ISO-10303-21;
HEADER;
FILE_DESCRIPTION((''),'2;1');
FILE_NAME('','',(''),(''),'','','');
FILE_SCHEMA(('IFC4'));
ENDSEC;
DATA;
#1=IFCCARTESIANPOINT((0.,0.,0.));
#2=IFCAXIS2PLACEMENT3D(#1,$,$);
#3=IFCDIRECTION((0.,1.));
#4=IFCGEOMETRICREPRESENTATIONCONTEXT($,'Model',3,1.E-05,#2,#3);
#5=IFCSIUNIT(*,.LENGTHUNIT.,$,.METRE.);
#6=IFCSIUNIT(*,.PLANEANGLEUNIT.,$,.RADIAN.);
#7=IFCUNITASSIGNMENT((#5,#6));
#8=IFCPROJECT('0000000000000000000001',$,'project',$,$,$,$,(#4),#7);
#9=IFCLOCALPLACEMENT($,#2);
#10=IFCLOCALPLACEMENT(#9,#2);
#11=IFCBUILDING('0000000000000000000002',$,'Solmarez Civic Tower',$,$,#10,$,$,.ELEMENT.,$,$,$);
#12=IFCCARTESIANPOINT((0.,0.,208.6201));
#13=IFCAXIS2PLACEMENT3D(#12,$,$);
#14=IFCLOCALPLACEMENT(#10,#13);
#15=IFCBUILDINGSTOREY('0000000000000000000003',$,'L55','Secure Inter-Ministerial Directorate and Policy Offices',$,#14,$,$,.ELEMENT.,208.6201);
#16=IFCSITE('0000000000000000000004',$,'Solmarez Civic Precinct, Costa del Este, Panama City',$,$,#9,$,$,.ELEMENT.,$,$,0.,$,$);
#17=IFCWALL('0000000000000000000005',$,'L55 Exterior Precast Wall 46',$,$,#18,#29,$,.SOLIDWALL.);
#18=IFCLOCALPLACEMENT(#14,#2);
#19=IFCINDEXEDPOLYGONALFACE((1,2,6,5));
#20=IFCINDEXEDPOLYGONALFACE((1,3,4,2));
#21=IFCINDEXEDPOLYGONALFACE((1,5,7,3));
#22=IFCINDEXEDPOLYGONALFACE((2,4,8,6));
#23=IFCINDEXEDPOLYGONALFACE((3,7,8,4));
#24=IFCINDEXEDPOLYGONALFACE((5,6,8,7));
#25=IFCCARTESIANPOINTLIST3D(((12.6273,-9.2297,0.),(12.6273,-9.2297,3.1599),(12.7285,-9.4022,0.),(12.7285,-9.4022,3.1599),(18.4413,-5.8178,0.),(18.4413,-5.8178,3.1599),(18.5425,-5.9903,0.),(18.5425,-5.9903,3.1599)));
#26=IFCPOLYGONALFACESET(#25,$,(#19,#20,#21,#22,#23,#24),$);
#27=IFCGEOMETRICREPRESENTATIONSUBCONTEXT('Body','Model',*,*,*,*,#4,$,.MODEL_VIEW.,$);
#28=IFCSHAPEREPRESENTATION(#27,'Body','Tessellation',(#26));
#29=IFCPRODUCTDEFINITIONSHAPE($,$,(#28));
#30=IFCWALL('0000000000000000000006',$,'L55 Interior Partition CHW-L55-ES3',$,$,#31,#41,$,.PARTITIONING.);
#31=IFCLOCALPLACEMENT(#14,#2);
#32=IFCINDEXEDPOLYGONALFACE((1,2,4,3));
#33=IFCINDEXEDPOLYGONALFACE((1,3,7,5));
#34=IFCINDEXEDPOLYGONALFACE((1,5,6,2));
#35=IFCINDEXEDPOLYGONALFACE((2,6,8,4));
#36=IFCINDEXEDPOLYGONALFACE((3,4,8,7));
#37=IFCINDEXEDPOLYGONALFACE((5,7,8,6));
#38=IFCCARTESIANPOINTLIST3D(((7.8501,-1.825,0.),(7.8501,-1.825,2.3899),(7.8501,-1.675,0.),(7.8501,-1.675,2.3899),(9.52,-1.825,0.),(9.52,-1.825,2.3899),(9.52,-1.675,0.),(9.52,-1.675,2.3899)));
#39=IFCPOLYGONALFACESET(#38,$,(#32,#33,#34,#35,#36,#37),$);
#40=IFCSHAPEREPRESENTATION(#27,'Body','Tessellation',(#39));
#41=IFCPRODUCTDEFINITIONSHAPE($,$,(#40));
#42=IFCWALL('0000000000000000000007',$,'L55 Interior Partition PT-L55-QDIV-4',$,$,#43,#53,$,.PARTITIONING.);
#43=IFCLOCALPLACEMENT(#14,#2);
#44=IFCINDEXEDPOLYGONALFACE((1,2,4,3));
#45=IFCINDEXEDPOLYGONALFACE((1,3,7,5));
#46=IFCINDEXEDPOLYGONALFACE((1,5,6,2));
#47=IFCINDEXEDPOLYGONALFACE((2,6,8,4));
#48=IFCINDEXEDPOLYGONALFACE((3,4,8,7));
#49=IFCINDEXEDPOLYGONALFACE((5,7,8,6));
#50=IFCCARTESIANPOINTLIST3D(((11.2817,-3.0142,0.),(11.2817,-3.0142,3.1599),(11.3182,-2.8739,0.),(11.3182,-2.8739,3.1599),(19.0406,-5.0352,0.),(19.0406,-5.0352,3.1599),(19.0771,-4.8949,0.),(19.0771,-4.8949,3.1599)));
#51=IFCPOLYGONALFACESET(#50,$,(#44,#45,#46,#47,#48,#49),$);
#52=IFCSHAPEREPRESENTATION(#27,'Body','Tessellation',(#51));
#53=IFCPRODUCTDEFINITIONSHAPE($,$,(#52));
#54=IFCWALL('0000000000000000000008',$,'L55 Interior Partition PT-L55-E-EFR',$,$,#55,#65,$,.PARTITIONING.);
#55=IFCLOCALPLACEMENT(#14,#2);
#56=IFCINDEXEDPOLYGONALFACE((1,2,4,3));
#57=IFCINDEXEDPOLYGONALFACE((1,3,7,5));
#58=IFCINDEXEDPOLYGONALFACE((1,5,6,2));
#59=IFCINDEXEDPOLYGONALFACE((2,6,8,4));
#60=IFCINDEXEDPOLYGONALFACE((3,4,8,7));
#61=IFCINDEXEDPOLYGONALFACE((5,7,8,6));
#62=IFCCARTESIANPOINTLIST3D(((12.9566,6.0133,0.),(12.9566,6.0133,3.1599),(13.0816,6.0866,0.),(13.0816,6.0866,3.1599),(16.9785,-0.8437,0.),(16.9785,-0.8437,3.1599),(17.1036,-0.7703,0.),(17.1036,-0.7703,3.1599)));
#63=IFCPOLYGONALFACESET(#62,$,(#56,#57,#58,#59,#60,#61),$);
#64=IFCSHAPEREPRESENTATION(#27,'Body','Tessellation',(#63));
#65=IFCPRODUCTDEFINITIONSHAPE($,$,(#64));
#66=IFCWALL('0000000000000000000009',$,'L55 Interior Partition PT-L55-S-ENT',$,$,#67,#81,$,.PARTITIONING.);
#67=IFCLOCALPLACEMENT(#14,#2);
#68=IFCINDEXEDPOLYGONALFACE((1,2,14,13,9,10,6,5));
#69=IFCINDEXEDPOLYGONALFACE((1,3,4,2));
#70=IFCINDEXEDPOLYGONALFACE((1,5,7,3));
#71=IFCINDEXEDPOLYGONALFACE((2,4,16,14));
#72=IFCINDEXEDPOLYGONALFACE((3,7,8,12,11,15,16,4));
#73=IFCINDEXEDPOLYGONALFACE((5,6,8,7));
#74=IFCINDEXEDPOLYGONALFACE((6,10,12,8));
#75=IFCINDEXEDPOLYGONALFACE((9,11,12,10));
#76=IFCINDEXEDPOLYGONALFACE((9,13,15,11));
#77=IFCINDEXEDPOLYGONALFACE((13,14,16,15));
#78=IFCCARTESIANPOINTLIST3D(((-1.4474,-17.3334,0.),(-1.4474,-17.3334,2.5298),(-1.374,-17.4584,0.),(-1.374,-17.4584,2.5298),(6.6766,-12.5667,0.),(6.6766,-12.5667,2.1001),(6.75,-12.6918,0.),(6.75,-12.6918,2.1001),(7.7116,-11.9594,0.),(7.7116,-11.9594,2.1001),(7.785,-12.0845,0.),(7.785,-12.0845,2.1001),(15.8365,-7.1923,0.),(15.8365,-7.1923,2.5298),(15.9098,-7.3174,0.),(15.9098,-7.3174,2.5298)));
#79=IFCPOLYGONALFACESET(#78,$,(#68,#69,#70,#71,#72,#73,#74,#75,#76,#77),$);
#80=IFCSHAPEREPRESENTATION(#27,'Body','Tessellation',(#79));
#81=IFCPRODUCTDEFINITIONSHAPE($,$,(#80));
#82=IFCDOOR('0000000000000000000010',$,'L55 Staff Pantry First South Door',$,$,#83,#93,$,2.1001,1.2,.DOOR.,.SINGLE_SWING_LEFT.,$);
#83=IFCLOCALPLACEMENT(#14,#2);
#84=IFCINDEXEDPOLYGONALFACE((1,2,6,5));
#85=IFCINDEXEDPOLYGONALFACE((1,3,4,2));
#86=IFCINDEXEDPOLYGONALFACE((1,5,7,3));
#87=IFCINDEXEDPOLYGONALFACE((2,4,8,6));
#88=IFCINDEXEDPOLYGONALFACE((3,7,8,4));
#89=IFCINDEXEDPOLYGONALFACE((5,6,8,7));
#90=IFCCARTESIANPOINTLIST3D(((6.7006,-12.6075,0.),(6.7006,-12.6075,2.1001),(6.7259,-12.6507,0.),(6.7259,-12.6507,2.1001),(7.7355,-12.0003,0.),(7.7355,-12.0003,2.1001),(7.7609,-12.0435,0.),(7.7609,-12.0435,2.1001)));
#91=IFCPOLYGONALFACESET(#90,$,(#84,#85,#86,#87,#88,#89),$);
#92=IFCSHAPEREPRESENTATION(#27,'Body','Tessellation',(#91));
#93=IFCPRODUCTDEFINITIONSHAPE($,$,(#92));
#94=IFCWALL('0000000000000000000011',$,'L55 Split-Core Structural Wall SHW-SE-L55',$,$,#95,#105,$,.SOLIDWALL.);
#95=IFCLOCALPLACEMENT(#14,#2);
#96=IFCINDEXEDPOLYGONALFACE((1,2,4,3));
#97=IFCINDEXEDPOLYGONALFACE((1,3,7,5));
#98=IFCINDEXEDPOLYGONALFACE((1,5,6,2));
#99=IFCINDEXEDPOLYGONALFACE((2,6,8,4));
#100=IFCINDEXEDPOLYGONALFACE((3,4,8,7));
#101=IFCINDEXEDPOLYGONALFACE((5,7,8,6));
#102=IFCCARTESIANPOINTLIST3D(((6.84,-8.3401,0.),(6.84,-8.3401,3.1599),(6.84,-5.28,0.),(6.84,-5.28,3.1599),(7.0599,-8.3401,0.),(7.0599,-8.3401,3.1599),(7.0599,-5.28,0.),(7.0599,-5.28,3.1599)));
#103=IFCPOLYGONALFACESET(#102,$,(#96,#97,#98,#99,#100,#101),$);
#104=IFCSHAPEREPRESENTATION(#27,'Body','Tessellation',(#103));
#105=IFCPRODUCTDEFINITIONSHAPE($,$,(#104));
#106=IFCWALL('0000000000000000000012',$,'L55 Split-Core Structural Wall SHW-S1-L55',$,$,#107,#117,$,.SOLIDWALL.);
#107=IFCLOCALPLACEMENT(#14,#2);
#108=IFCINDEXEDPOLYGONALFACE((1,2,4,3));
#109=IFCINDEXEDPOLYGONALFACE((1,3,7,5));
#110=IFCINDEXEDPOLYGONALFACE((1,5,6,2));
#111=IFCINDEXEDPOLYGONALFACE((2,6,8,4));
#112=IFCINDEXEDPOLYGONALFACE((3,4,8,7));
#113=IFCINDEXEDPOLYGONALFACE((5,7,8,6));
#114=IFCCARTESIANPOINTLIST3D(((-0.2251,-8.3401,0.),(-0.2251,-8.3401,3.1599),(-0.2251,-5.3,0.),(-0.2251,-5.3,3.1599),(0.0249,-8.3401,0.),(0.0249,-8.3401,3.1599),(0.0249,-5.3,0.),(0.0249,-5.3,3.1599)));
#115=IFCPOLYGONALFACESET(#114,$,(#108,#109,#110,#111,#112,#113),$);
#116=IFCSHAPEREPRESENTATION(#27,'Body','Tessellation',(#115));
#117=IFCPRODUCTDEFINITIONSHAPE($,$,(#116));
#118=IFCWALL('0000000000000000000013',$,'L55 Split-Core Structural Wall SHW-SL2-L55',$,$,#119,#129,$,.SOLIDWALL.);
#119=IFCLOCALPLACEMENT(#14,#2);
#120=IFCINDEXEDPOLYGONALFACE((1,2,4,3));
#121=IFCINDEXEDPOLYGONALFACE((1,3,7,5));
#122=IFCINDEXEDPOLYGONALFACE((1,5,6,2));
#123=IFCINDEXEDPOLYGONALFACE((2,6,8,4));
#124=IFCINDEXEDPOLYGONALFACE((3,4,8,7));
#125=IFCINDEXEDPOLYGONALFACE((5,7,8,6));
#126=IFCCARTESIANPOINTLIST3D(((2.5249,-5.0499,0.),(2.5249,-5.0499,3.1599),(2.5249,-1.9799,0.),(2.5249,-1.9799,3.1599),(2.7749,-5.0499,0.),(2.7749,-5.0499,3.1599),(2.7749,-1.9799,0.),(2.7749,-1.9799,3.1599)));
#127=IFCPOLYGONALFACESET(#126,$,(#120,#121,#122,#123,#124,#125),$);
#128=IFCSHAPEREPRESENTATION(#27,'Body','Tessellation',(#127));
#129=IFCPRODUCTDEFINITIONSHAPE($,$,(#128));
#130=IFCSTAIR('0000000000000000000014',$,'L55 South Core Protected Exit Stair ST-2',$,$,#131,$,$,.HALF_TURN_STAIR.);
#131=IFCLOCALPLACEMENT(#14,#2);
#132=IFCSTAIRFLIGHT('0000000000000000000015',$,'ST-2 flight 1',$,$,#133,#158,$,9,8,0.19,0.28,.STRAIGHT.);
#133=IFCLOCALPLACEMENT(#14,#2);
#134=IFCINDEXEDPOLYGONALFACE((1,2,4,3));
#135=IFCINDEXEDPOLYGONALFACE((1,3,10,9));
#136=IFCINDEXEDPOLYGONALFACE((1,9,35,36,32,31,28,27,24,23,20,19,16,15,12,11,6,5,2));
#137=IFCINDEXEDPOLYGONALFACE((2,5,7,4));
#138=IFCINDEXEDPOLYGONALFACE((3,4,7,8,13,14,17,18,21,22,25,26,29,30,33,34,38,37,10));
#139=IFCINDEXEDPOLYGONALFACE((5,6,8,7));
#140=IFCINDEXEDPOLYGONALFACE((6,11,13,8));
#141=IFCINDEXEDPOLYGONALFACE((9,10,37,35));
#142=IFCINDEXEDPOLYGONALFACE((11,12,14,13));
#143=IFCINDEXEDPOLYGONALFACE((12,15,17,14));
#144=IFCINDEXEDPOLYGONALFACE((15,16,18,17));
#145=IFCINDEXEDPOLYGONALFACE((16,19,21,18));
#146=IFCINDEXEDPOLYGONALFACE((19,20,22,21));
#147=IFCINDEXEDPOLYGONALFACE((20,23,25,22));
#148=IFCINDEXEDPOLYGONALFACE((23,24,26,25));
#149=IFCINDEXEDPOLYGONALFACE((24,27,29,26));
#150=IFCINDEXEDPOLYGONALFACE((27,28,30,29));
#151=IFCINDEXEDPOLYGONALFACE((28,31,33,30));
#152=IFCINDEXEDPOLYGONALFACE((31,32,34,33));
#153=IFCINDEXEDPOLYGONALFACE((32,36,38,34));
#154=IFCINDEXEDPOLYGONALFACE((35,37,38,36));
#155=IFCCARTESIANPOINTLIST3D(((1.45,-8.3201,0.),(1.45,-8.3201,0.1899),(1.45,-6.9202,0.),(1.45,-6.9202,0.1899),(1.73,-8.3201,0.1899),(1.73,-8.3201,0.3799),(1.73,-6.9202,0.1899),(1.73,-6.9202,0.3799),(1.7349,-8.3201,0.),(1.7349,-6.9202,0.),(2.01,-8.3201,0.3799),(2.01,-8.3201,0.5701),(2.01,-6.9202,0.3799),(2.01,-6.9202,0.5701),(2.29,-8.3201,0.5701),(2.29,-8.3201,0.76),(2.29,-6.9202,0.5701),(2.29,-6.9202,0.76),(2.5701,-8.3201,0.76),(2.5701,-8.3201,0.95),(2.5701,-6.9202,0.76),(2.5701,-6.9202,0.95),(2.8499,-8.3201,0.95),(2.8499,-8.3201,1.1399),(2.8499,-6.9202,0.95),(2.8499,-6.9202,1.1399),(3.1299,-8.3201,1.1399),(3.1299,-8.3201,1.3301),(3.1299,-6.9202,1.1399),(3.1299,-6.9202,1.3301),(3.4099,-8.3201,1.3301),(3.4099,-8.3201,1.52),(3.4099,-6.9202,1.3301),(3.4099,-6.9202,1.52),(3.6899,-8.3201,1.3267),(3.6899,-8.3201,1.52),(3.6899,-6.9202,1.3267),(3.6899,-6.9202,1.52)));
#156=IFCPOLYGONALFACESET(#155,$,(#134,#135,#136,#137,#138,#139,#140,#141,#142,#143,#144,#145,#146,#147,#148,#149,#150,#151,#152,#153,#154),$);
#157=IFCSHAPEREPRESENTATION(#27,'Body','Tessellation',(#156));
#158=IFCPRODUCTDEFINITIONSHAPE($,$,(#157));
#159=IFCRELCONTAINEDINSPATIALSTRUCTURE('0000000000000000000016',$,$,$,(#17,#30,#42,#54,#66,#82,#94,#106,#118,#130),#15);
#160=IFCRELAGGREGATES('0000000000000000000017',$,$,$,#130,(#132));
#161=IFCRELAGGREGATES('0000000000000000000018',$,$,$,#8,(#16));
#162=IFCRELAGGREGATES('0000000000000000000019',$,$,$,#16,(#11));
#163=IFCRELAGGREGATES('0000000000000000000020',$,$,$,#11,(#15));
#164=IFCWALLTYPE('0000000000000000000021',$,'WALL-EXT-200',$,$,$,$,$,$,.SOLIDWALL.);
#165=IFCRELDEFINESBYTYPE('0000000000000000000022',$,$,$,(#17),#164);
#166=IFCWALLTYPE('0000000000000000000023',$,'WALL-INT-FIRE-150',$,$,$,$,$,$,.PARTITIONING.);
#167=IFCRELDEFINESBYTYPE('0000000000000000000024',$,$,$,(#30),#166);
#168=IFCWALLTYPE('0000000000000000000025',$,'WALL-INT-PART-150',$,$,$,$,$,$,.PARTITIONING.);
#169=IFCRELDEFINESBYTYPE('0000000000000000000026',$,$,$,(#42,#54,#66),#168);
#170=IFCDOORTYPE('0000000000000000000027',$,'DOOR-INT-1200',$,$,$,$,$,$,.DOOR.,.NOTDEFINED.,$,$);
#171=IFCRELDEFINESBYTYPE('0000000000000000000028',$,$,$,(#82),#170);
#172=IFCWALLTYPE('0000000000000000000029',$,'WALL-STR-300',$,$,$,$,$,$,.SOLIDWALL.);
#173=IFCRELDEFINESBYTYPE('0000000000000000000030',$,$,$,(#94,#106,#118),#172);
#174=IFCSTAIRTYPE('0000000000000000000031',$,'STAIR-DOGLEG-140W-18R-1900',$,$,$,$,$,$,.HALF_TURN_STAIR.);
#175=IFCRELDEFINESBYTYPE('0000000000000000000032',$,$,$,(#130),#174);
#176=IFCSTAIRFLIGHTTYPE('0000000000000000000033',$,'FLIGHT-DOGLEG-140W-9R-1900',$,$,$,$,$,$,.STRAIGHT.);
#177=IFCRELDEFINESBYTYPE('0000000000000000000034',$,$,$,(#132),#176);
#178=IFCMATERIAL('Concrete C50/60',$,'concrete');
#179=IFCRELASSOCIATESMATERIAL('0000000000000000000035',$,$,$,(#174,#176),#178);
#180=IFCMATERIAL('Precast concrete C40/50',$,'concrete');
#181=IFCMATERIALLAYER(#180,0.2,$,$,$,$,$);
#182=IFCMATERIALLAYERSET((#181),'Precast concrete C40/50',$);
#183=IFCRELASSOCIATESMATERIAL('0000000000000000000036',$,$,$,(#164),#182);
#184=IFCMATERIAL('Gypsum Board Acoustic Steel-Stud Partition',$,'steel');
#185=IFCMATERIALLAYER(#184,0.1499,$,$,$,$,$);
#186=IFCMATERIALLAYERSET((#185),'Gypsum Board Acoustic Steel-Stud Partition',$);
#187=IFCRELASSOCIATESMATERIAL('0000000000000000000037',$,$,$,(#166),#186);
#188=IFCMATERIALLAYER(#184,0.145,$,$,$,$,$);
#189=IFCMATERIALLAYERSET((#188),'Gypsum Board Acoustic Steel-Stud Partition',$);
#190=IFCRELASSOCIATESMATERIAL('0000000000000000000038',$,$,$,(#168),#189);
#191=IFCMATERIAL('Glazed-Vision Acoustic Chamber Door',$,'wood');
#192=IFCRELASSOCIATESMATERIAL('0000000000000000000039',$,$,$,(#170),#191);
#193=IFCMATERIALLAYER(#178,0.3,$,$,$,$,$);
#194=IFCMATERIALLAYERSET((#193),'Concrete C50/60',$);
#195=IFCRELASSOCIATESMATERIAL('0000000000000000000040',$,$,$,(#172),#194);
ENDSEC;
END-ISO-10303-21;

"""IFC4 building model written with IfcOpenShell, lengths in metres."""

from ifc_helpers import new_model, si_unit, direction, frame, frame_2d, origin, place, context, subcontext, project, spatial, polyline, rectangle, outline, extrude, material, layer, layer_set, type_object, element, fill, aggregate, save


model = new_model("IFC4")

# Units and contexts
model_context = context("Model", 3, precision=1e-05, world=origin(), true_north=direction((0.0, 1.0)))
body_context = subcontext(model_context, "Body", "Model", "MODEL_VIEW")
ifc_project = project(units=[si_unit("LENGTHUNIT", "METRE"), si_unit("PLANEANGLEUNIT", "RADIAN")], contexts=[model_context])

# Site, building, storey
site_placement = place(None, origin())
site = spatial("IfcSite", under=ifc_project, at=site_placement, Name="Solmarez Civic Precinct, Costa del Este, Panama City", CompositionType="ELEMENT", RefElevation=0.0)
building_placement = place(site_placement, origin())
building = spatial("IfcBuilding", under=site, at=building_placement, Name="Solmarez Civic Tower", CompositionType="ELEMENT")
storey_placement = place(building_placement, frame((0.0, 0.0, 208.6201)))
storey = spatial("IfcBuildingStorey", under=building, at=storey_placement, Name="L55", Description="Secure Inter-Ministerial Directorate and Policy Offices", CompositionType="ELEMENT", Elevation=208.6201)

# Shared definitions
ifc_material_1 = material(Name="Concrete C50/60", Category="concrete")

# Shared definitions
stair_type = type_object("IfcStairType", Name="STAIR-DOGLEG-140W-18R-1900", PredefinedType="HALF_TURN_STAIR", material=ifc_material_1)

# Walls
ifc_material_2 = material(Name="Precast concrete C40/50", Category="concrete")
ifc_layer_1 = layer(ifc_material_2, 0.2)
ifc_layer_set_1 = layer_set([ifc_layer_1], Name="Precast concrete C40/50")
wall_type_1 = type_object("IfcWallType", Name="WALL-EXT-200", PredefinedType="SOLIDWALL", material=ifc_layer_set_1)
wall_1_placement = place(storey_placement, frame((18.4919, -5.9041, 0.0), z_axis=(0.0, 0.0, 1.0), x_axis=(-0.86246, -0.506126, 0.0)))
element("IfcWall", 1, at=wall_1_placement, inside=storey, type_object=wall_type_1, Name="L55 Exterior Precast Wall 46", PredefinedType="SOLIDWALL", context=body_context, shape_type="SweptSolid", body=[
    extrude(rectangle(XDim=6.7412, YDim=0.2, at=frame_2d((3.3706, 0.0))), origin(), (0.0, 0.0, 1.0), 3.1599),
])
ifc_material_3 = material(Name="Gypsum Board Acoustic Steel-Stud Partition", Category="steel")
ifc_layer_2 = layer(ifc_material_3, 0.1499)
ifc_layer_set_2 = layer_set([ifc_layer_2], Name="Gypsum Board Acoustic Steel-Stud Partition")
wall_type_2 = type_object("IfcWallType", Name="WALL-INT-FIRE-150", PredefinedType="PARTITIONING", material=ifc_layer_set_2)
wall_2_placement = place(storey_placement, frame((7.8501, -1.75, 0.0), z_axis=(0.0, 0.0, 1.0), x_axis=(1.0, 0.0, 0.0)))
element("IfcWall", 2, at=wall_2_placement, inside=storey, type_object=wall_type_2, Name="L55 Interior Partition CHW-L55-ES3", PredefinedType="PARTITIONING", context=body_context, shape_type="SweptSolid", body=[
    extrude(rectangle(XDim=1.6699, YDim=0.1499, at=frame_2d((0.835, 0.0))), origin(), (0.0, 0.0, 1.0), 2.3899),
])
ifc_layer_3 = layer(ifc_material_3, 0.145)
ifc_layer_set_3 = layer_set([ifc_layer_3], Name="Gypsum Board Acoustic Steel-Stud Partition")
wall_type_3 = type_object("IfcWallType", Name="WALL-INT-PART-150", PredefinedType="PARTITIONING", material=ifc_layer_set_3)
wall_3_placement = place(storey_placement, frame((11.3, -2.9441, 0.0), z_axis=(0.0, 0.0, 1.0), x_axis=(0.967712, -0.25206, 0.0)))
element("IfcWall", 3, at=wall_3_placement, inside=storey, type_object=wall_type_3, Name="L55 Interior Partition PT-L55-QDIV-4", PredefinedType="PARTITIONING", context=body_context, shape_type="SweptSolid", body=[
    extrude(rectangle(XDim=8.0178, YDim=0.145, at=frame_2d((4.0088, 0.0))), origin(), (0.0, 0.0, 1.0), 3.1599),
])
wall_4_placement = place(storey_placement, frame((17.041, -0.8069, 0.0), z_axis=(0.0, 0.0, 1.0), x_axis=(-0.505943, 0.862567, 0.0)))
element("IfcWall", 4, at=wall_4_placement, inside=storey, type_object=wall_type_3, Name="L55 Interior Partition PT-L55-E-EFR", PredefinedType="PARTITIONING", context=body_context, shape_type="SweptSolid", body=[
    extrude(rectangle(XDim=7.9495, YDim=0.145, at=frame_2d((3.9746, 0.0))), origin(), (0.0, 0.0, 1.0), 3.1599),
])

# Wall, opening, door
wall_5_placement = place(storey_placement, frame((15.873, -7.2549, 0.0), z_axis=(0.0, 0.0, 1.0), x_axis=(-0.862499, -0.506059, 0.0)))
wall_5 = element("IfcWall", 5, at=wall_5_placement, inside=storey, type_object=wall_type_3, Name="L55 Interior Partition PT-L55-S-ENT", PredefinedType="PARTITIONING", context=body_context, shape_type="SweptSolid", body=[
    extrude(rectangle(XDim=20.0393, YDim=0.145, at=frame_2d((10.0195, 0.0))), origin(), (0.0, 0.0, 1.0), 2.5298),
])
opening_placement = place(wall_5_placement, frame((9.4199, 0.0, 0.0)))
opening = element("IfcOpeningElement", 6, at=opening_placement, cuts=wall_5, PredefinedType="OPENING", context=body_context, shape_type="SweptSolid", body=[
    extrude(rectangle(XDim=1.2, YDim=2.1001, at=frame_2d((0.6001, 1.05))), frame((0.0, 0.0825, 0.0), z_axis=(0.0, -1.0, 0.0), x_axis=(1.0, 0.0, 0.0)), (0.0, 0.0, 1.0), 0.165),
])
ifc_material_4 = material(Name="Glazed-Vision Acoustic Chamber Door", Category="wood")
door_type = type_object("IfcDoorType", Name="DOOR-INT-1200", OperationType="NOTDEFINED", PredefinedType="DOOR", material=ifc_material_4)
door_placement = place(opening_placement, origin())
door = element("IfcDoor", 7, at=door_placement, inside=storey, type_object=door_type, Name="L55 Staff Pantry First South Door", OperationType="SINGLE_SWING_LEFT", OverallHeight=2.1001, OverallWidth=1.2, PredefinedType="DOOR", context=body_context, shape_type="SweptSolid", body=[
    extrude(rectangle(XDim=1.2, YDim=2.1001, at=frame_2d((0.6001, 1.05))), frame((0.0, 0.0249, 0.0), z_axis=(0.0, -1.0, 0.0), x_axis=(1.0, 0.0, 0.0)), (0.0, 0.0, 1.0), 0.05),
])
fill(opening, door)

# Walls
ifc_layer_4 = layer(ifc_material_1, 0.3)
ifc_layer_set_4 = layer_set([ifc_layer_4], Name="Concrete C50/60")
wall_type_4 = type_object("IfcWallType", Name="WALL-STR-300", PredefinedType="SOLIDWALL", material=ifc_layer_set_4)
wall_6_placement = place(storey_placement, frame((6.95, -8.3401, 0.0), z_axis=(0.0, 0.0, 1.0), x_axis=(0.0, 1.0, 0.0)))
element("IfcWall", 8, at=wall_6_placement, inside=storey, type_object=wall_type_4, Name="L55 Split-Core Structural Wall SHW-SE-L55", PredefinedType="SOLIDWALL", context=body_context, shape_type="SweptSolid", body=[
    extrude(rectangle(XDim=3.0601, YDim=0.22, at=frame_2d((1.53, 0.0))), origin(), (0.0, 0.0, 1.0), 3.1599),
])
wall_7_placement = place(storey_placement, frame((-0.1001, -8.3401, 0.0), z_axis=(0.0, 0.0, 1.0), x_axis=(0.0, 1.0, 0.0)))
element("IfcWall", 9, at=wall_7_placement, inside=storey, type_object=wall_type_4, Name="L55 Split-Core Structural Wall SHW-S1-L55", PredefinedType="SOLIDWALL", context=body_context, shape_type="SweptSolid", body=[
    extrude(rectangle(XDim=3.04, YDim=0.25, at=frame_2d((1.52, 0.0))), origin(), (0.0, 0.0, 1.0), 3.1599),
])
wall_8_placement = place(storey_placement, frame((2.6499, -5.05, 0.0), z_axis=(0.0, 0.0, 1.0), x_axis=(0.0, 1.0, 0.0)))
element("IfcWall", 10, at=wall_8_placement, inside=storey, type_object=wall_type_4, Name="L55 Split-Core Structural Wall SHW-SL2-L55", PredefinedType="SOLIDWALL", context=body_context, shape_type="SweptSolid", body=[
    extrude(rectangle(XDim=3.0701, YDim=0.25, at=frame_2d((1.5352, 0.0))), origin(), (0.0, 0.0, 1.0), 3.1599),
])

# Stair, stair flight
stair_1_placement = place(storey_placement, origin())
stair_1 = element("IfcStair", 11, at=stair_1_placement, inside=storey, type_object=stair_type, Name="L55 South Core Protected Exit Stair ST-2", PredefinedType="HALF_TURN_STAIR")
stair_flight_type = type_object("IfcStairFlightType", Name="FLIGHT-DOGLEG-140W-9R-1900", PredefinedType="STRAIGHT", material=ifc_material_1)
stair_flight_1_placement = place(storey_placement, frame((1.45, -7.6201, 0.0), z_axis=(0.0, 0.0, 1.0), x_axis=(1.0, 0.0, 0.0)))
stair_flight_1 = element("IfcStairFlight", 12, at=stair_flight_1_placement, type_object=stair_flight_type, Name="ST-2 flight 1", NumberOfRisers=9, NumberOfTreads=8, PredefinedType="STRAIGHT", RiserHeight=0.19, TreadLength=0.28, context=body_context, shape_type="SweptSolid", body=[
    extrude(outline(polyline([(0.0, 0.0), (0.0, 0.1899), (0.28, 0.1899), (0.28, 0.3799), (0.5601, 0.3799), (0.5601, 0.5701), (0.8401, 0.5701), (0.8401, 0.76), (1.1201, 0.76), (1.1201, 0.95), (1.3999, 0.95), (1.3999, 1.1399), (1.6799, 1.1399), (1.6799, 1.3301), (1.96, 1.3301), (1.96, 1.52), (2.24, 1.52), (2.24, 1.71), (2.24, 1.3267), (0.2849, 0.0), (0.0, 0.0)])), frame((0.0, 0.7, 0.0), z_axis=(0.0, -1.0, 0.0), x_axis=(1.0, 0.0, 0.0)), (0.0, 0.0, 1.0), 1.3999),
])
aggregate(stair_1, [stair_flight_1])

save(model, "model.ifc")
